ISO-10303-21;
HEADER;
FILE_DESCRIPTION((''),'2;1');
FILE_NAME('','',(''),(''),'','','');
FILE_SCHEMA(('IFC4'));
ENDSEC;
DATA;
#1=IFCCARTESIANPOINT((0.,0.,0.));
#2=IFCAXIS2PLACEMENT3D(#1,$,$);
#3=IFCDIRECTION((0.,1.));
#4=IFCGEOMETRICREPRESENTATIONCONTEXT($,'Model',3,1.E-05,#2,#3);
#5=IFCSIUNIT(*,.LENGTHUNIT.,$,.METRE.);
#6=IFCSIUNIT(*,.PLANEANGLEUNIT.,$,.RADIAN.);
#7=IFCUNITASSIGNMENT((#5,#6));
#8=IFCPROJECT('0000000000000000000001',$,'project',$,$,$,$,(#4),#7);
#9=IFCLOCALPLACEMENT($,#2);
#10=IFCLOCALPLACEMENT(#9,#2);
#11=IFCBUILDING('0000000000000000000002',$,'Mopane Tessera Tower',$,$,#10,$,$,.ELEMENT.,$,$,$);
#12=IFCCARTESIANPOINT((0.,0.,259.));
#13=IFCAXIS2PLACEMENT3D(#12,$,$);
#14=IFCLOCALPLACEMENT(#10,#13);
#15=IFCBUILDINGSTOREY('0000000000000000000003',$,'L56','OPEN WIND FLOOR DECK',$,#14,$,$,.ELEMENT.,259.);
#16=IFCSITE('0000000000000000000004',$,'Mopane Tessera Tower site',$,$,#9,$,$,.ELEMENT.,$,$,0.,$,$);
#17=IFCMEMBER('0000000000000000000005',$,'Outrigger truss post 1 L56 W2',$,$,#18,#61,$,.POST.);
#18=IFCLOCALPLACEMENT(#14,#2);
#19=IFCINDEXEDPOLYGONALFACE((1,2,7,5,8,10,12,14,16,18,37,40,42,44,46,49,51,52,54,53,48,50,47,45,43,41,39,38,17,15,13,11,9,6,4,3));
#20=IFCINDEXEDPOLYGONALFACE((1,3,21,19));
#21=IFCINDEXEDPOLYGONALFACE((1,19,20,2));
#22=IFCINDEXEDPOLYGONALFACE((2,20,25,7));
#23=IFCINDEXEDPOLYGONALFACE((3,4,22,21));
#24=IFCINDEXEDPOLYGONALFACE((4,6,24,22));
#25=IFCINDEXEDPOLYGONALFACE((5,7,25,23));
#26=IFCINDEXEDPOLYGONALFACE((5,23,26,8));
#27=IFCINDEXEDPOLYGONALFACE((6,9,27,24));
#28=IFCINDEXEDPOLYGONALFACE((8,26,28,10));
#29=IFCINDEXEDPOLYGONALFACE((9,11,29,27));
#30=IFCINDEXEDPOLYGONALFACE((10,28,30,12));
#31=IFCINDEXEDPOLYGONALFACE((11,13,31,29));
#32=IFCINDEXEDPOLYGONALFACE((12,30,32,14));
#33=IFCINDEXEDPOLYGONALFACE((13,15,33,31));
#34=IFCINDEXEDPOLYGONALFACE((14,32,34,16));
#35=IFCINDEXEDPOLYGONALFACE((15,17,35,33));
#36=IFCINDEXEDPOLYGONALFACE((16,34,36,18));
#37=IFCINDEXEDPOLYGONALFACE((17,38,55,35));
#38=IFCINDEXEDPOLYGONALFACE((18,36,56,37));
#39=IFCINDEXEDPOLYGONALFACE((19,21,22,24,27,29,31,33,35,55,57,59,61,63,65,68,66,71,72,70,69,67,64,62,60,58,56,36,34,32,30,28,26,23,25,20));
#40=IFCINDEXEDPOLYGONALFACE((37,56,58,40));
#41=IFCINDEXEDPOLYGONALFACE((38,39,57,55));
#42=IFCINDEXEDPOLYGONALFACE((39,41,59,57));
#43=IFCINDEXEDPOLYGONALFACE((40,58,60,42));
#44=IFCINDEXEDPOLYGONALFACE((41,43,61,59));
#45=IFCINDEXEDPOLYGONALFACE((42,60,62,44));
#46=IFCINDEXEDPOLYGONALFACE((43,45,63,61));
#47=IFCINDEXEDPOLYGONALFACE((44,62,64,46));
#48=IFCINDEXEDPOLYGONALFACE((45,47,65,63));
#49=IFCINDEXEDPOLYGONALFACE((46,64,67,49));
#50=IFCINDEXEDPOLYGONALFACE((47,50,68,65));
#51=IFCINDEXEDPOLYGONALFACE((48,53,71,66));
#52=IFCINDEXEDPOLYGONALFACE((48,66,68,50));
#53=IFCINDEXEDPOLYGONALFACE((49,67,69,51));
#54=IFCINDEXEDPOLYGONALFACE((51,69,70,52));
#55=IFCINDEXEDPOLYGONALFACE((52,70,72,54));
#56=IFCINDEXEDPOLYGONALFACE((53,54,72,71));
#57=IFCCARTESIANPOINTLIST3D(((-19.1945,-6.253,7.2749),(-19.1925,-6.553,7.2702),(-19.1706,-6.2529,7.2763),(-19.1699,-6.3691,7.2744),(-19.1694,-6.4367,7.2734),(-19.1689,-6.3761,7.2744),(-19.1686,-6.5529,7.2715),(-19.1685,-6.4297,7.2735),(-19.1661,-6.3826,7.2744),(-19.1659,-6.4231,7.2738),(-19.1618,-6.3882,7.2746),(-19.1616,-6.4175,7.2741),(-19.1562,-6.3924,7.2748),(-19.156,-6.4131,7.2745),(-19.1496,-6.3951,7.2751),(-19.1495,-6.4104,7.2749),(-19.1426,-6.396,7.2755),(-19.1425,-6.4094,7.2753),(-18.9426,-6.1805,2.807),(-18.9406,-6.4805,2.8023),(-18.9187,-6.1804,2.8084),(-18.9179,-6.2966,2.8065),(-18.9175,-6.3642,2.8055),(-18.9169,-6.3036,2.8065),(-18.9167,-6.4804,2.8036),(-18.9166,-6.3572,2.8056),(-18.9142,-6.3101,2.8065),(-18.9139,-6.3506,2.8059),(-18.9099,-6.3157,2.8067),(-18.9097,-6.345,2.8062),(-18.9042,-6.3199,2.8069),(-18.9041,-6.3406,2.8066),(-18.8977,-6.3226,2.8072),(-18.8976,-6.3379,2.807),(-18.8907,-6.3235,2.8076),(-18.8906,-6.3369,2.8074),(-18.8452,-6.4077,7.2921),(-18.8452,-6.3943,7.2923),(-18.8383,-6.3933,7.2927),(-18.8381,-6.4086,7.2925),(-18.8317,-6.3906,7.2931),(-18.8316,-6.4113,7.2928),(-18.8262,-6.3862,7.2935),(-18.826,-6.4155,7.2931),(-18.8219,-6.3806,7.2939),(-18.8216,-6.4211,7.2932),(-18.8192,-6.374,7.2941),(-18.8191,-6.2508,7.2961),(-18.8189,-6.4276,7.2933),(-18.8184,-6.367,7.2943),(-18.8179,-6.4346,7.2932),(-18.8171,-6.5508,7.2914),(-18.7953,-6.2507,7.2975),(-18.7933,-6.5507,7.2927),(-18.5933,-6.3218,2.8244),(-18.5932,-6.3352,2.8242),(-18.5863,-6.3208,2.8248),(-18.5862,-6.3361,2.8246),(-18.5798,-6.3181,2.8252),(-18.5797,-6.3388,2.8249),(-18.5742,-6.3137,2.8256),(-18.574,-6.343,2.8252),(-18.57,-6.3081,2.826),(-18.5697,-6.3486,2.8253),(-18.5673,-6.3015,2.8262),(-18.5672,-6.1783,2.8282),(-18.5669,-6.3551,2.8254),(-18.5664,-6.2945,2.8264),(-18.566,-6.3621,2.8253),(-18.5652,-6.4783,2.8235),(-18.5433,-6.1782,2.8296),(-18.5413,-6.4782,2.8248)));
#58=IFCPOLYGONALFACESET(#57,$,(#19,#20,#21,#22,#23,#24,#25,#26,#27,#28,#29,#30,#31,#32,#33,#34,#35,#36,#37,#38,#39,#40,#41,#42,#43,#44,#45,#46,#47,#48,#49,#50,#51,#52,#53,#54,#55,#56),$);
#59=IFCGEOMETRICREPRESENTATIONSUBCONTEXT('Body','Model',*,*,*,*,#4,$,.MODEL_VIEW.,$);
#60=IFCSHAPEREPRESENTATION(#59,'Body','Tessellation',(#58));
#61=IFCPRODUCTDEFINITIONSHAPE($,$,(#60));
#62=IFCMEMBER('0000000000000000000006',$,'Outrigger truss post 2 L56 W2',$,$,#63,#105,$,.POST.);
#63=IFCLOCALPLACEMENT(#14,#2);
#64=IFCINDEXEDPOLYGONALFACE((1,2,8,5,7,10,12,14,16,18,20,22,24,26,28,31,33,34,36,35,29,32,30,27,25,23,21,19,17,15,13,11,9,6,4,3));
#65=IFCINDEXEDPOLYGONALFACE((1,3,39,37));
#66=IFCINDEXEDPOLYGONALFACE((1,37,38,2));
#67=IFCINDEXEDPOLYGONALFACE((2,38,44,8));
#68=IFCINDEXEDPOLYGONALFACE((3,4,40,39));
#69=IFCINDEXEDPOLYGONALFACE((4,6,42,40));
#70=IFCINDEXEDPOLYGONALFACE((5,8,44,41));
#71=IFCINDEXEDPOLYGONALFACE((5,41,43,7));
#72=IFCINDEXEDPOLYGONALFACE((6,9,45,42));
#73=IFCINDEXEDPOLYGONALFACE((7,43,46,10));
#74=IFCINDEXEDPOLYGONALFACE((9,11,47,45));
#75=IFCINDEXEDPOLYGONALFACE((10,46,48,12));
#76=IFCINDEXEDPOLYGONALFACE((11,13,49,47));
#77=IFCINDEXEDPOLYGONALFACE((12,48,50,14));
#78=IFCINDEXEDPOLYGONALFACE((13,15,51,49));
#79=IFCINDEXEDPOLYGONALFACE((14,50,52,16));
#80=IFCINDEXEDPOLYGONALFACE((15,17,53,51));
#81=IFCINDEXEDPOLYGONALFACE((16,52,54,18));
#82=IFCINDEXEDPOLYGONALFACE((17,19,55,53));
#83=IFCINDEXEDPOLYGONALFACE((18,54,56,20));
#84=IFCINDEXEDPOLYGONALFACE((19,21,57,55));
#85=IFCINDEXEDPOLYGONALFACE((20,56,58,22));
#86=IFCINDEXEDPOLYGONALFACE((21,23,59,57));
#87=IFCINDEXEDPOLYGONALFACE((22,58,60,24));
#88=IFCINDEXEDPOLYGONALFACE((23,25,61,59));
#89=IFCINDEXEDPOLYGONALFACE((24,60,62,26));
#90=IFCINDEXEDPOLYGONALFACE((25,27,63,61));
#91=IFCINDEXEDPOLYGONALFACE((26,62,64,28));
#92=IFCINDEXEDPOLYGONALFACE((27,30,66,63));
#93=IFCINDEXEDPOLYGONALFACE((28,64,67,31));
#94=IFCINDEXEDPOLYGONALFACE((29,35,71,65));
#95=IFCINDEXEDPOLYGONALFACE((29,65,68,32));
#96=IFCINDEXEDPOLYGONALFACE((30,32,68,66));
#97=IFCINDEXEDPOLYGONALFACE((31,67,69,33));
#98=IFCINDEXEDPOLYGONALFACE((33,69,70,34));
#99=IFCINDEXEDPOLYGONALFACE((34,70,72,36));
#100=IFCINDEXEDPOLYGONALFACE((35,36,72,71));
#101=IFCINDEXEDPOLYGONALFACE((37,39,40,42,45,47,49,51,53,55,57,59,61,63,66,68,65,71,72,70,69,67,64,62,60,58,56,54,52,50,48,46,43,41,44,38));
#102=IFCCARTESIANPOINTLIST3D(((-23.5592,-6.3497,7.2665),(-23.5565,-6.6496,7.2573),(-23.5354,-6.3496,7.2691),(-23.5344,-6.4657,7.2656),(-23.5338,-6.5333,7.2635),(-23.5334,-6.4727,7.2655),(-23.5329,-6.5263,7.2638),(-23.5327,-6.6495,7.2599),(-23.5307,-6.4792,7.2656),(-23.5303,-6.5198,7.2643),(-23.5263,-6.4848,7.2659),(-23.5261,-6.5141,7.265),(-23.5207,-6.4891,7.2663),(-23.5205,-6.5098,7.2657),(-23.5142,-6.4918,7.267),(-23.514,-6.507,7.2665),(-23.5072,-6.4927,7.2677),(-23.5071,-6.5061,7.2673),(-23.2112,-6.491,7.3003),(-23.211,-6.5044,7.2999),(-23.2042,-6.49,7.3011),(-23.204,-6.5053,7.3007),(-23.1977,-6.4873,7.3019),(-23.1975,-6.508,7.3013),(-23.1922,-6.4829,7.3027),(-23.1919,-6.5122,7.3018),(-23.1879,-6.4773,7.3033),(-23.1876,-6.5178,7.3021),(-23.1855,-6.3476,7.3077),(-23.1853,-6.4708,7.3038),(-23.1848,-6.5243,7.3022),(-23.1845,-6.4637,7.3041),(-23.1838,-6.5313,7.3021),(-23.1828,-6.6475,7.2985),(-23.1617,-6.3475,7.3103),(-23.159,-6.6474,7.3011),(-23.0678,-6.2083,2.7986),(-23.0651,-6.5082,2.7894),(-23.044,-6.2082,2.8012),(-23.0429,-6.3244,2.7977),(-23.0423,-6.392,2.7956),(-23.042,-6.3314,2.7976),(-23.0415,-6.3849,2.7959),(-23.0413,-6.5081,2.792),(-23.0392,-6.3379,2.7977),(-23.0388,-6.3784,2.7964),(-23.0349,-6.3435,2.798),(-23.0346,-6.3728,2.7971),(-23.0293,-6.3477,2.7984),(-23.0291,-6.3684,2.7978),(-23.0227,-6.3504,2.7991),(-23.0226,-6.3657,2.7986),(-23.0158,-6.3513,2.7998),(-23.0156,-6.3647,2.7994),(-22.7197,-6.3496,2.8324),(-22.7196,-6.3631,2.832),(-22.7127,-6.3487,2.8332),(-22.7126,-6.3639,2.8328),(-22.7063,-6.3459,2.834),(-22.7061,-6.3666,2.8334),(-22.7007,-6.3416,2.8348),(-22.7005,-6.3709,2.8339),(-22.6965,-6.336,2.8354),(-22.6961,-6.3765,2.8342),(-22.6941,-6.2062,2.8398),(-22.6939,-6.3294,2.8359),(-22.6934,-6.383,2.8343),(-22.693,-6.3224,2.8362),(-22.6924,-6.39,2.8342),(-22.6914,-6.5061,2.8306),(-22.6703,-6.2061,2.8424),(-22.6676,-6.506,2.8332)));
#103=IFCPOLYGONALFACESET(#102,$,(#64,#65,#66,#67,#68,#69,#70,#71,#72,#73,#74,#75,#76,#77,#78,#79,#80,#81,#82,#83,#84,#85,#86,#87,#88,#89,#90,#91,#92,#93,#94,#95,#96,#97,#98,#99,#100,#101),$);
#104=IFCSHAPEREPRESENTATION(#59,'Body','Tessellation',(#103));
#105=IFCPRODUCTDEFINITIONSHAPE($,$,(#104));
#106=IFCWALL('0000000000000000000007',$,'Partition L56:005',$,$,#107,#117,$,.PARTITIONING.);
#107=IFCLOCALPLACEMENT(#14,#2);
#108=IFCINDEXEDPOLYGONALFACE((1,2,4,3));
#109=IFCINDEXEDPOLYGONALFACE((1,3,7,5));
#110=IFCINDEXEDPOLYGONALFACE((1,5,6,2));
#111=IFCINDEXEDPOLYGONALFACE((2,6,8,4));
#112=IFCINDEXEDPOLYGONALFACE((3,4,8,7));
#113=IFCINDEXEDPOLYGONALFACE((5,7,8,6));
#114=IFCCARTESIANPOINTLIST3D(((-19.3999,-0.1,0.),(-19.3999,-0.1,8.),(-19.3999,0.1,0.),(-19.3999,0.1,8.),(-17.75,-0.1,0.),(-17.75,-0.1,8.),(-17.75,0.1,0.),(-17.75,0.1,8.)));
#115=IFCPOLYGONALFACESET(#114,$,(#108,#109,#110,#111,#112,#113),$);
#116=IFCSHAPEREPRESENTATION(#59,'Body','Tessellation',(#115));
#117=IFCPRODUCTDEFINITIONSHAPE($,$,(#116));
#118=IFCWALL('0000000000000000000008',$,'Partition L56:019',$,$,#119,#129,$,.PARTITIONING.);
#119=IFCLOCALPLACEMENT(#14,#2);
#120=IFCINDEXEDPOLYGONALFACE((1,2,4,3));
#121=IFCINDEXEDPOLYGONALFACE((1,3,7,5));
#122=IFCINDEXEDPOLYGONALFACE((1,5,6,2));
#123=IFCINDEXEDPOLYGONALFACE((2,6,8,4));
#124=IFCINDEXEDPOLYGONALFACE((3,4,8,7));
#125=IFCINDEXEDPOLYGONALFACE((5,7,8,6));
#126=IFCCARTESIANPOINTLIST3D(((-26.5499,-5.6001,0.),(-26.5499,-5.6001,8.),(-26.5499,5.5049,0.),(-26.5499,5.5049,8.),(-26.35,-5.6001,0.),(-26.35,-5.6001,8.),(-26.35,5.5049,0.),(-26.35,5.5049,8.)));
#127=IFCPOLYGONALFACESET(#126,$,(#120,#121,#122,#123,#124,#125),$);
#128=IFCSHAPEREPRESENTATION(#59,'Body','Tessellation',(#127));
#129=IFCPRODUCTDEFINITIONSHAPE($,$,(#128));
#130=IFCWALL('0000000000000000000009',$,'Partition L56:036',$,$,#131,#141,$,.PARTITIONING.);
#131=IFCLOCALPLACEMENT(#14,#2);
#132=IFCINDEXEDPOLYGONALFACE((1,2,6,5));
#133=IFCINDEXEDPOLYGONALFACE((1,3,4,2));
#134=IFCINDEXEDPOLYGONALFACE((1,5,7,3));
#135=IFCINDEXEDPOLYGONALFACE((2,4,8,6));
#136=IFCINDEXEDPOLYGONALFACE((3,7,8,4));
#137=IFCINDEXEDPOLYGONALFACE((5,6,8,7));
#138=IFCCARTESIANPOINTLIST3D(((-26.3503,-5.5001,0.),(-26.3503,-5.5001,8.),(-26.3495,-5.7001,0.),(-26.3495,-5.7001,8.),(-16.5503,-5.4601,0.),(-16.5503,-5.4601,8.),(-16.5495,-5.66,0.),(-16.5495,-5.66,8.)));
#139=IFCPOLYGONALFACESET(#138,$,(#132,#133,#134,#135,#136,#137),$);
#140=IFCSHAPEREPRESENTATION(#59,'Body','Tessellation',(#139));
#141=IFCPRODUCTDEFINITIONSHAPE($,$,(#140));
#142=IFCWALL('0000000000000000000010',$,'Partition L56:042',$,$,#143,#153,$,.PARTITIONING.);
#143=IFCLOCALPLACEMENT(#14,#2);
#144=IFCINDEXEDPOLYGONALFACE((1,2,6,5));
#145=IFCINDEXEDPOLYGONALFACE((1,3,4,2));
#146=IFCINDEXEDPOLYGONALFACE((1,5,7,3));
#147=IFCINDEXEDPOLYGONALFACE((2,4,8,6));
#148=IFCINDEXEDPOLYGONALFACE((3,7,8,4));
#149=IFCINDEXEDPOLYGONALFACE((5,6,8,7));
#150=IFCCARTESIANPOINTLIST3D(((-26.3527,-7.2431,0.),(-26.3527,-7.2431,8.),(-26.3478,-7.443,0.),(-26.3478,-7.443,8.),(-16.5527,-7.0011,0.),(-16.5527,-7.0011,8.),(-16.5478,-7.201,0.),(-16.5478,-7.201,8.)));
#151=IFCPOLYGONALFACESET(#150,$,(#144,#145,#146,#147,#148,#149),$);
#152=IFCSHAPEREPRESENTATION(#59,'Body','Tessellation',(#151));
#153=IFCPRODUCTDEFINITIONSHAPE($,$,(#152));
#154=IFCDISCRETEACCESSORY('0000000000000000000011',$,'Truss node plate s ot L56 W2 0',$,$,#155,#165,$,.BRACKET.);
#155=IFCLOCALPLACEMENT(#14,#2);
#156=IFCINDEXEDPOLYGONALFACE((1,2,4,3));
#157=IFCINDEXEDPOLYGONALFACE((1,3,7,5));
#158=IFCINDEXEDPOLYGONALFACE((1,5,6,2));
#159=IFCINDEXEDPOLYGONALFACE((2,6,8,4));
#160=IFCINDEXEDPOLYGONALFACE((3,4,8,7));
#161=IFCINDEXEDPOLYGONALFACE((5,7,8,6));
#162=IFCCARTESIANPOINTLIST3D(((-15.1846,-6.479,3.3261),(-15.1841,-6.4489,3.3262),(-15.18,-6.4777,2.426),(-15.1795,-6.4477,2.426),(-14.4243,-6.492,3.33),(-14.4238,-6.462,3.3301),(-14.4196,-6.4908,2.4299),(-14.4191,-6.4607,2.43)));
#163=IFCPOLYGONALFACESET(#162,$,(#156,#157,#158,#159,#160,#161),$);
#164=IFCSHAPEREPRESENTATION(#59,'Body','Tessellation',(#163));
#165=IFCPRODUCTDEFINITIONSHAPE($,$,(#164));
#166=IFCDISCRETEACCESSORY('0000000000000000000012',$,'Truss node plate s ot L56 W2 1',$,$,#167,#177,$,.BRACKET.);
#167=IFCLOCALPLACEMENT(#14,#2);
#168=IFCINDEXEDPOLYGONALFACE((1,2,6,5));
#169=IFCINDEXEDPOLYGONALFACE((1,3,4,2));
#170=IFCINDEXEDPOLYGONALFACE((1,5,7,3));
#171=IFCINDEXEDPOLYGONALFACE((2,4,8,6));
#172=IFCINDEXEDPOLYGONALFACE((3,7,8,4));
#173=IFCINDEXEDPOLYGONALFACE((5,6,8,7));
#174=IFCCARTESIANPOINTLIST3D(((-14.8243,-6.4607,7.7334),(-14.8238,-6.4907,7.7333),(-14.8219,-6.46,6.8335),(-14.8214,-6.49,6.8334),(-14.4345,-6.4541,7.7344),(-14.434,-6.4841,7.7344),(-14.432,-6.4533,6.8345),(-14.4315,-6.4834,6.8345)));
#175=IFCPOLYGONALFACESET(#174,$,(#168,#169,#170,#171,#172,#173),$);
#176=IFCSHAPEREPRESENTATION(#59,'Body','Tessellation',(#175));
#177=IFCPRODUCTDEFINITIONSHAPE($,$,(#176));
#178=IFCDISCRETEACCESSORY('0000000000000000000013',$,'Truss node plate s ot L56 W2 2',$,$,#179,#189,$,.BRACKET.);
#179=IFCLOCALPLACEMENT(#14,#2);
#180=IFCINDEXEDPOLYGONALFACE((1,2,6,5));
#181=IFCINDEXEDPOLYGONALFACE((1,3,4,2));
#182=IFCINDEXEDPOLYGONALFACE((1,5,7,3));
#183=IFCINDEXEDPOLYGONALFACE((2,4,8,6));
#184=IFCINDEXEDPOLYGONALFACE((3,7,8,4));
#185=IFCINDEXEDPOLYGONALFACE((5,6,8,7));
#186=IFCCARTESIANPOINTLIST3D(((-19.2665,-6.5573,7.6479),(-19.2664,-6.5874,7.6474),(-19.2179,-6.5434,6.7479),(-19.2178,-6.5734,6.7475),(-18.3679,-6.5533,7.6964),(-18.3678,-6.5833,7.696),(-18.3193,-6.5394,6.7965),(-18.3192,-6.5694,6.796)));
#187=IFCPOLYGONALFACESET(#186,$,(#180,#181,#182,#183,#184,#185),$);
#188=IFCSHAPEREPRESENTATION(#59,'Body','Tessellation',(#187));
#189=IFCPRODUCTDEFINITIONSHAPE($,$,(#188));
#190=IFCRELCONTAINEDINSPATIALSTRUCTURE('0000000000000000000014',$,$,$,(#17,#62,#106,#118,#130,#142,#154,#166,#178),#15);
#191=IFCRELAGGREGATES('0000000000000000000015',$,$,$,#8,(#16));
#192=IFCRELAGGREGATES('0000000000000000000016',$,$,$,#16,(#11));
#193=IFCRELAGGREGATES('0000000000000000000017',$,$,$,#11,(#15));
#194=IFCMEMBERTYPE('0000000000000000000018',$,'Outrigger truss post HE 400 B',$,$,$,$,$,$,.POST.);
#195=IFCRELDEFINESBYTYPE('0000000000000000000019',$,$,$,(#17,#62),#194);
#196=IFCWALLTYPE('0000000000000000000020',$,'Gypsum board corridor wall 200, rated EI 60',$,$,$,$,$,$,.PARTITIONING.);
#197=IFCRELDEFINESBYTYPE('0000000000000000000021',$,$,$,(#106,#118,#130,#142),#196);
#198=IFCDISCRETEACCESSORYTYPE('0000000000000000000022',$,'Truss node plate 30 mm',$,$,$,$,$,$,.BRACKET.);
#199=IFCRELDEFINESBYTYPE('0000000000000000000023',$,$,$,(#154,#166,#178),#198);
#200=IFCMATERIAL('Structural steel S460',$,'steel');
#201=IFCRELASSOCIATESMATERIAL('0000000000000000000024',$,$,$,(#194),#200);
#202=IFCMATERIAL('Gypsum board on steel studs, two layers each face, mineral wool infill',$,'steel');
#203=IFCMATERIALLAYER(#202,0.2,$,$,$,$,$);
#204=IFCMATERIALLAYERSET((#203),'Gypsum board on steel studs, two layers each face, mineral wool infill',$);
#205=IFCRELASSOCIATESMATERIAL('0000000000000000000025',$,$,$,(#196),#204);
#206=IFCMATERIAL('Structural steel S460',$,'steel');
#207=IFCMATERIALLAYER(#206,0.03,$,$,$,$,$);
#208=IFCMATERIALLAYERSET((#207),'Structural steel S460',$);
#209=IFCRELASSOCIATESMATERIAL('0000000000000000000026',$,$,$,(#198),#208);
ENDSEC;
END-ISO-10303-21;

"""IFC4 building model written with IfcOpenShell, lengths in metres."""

from ifc_helpers import new_model, si_unit, direction, frame, frame_2d, origin, origin_2d, place, context, subcontext, project, spatial, rectangle, i_section, extrude, material, layer, layer_set, material_profile, profile_set, type_object, element, save


model = new_model("IFC4")

# Units and contexts
model_context = context("Model", 3, precision=1e-05, world=origin(), true_north=direction((0.0, 1.0)))
body_context = subcontext(model_context, "Body", "Model", "MODEL_VIEW")
ifc_project = project(units=[si_unit("LENGTHUNIT", "METRE"), si_unit("PLANEANGLEUNIT", "RADIAN")], contexts=[model_context])

# Site, building, storey
site_placement = place(None, origin())
site = spatial("IfcSite", under=ifc_project, at=site_placement, Name="Mopane Tessera Tower site", CompositionType="ELEMENT", RefElevation=0.0)
building_placement = place(site_placement, origin())
building = spatial("IfcBuilding", under=site, at=building_placement, Name="Mopane Tessera Tower", CompositionType="ELEMENT")
storey_placement = place(building_placement, frame((0.0, 0.0, 259.0)))
storey = spatial("IfcBuildingStorey", under=building, at=storey_placement, Name="L56", Description="OPEN WIND FLOOR DECK", CompositionType="ELEMENT", Elevation=259.0)

# Members
ifc_material_1 = material(Name="Structural steel S460", Category="steel")
ifc_material_profile_1 = material_profile(ifc_material_1, i_section(OverallWidth=0.3, OverallDepth=0.3999, WebThickness=0.0134, FlangeThickness=0.0239, FilletRadius=0.0271, at=origin_2d()))
ifc_profile_set_1 = profile_set([ifc_material_profile_1], Name="Structural steel S460")
member_type_1 = type_object("IfcMemberType", Name="Outrigger truss post HE 400 B", PredefinedType="POST", material=ifc_profile_set_1)
member_1_placement = place(storey_placement, frame((-18.7419, -6.3293, 2.8159), z_axis=(-0.056294, -0.016201, 0.998283), x_axis=(0.006676, -0.999852, -0.01585)))
element("IfcMember", 1, at=member_1_placement, inside=storey, type_object=member_type_1, Name="Outrigger truss post 1 L56 W2", PredefinedType="POST", context=body_context, shape_type="SweptSolid", body=[
    extrude(i_section(OverallWidth=0.3, OverallDepth=0.3999, WebThickness=0.0134, FlangeThickness=0.0239, FilletRadius=0.0271, at=origin_2d()), origin(), (0.0, 0.0, 1.0), 4.4756),
])
member_2_placement = place(storey_placement, frame((-22.8677, -6.3572, 2.8159), z_axis=(-0.109281, -0.031432, 0.993514), x_axis=(0.009005, -0.99949, -0.030631)))
element("IfcMember", 2, at=member_2_placement, inside=storey, type_object=member_type_1, Name="Outrigger truss post 2 L56 W2", PredefinedType="POST", context=body_context, shape_type="SweptSolid", body=[
    extrude(i_section(OverallWidth=0.3, OverallDepth=0.3999, WebThickness=0.0134, FlangeThickness=0.0239, FilletRadius=0.0271, at=origin_2d()), origin(), (0.0, 0.0, 1.0), 4.4971),
])

# Walls
ifc_material_2 = material(Name="Gypsum board on steel studs, two layers each face, mineral wool infill", Category="steel")
ifc_layer_1 = layer(ifc_material_2, 0.2)
ifc_layer_set_1 = layer_set([ifc_layer_1], Name="Gypsum board on steel studs, two layers each face, mineral wool infill")
wall_type = type_object("IfcWallType", Name="Gypsum board corridor wall 200, rated EI 60", PredefinedType="PARTITIONING", material=ifc_layer_set_1)
wall_1_placement = place(storey_placement, frame((-19.3999, 0.0, 0.0), z_axis=(0.0, 0.0, 1.0), x_axis=(1.0, 0.0, 0.0)))
element("IfcWall", 3, at=wall_1_placement, inside=storey, type_object=wall_type, Name="Partition L56:005", PredefinedType="PARTITIONING", context=body_context, shape_type="SweptSolid", body=[
    extrude(rectangle(XDim=1.6499, YDim=0.2, at=frame_2d((0.825, 0.0))), origin(), (0.0, 0.0, 1.0), 8.0),
])
wall_2_placement = place(storey_placement, frame((-26.45, -5.6001, 0.0), z_axis=(0.0, 0.0, 1.0), x_axis=(0.0, 1.0, 0.0)))
element("IfcWall", 4, at=wall_2_placement, inside=storey, type_object=wall_type, Name="Partition L56:019", PredefinedType="PARTITIONING", context=body_context, shape_type="SweptSolid", body=[
    extrude(rectangle(XDim=11.105, YDim=0.2, at=frame_2d((5.5525, 0.0))), origin(), (0.0, 0.0, 1.0), 8.0),
])
wall_3_placement = place(storey_placement, frame((-16.55, -5.5601, 0.0), z_axis=(0.0, 0.0, 1.0), x_axis=(-0.999992, -0.004086, 0.0)))
element("IfcWall", 5, at=wall_3_placement, inside=storey, type_object=wall_type, Name="Partition L56:036", PredefinedType="PARTITIONING", context=body_context, shape_type="SweptSolid", body=[
    extrude(rectangle(XDim=9.8, YDim=0.2, at=frame_2d((4.8999, 0.0))), origin(), (0.0, 0.0, 1.0), 8.0),
])
wall_4_placement = place(storey_placement, frame((-26.3501, -7.343, 0.0), z_axis=(0.0, 0.0, 1.0), x_axis=(0.999695, 0.02468, 0.0)))
element("IfcWall", 6, at=wall_4_placement, inside=storey, type_object=wall_type, Name="Partition L56:042", PredefinedType="PARTITIONING", context=body_context, shape_type="SweptSolid", body=[
    extrude(rectangle(XDim=9.803, YDim=0.2, at=frame_2d((4.9014, 0.0))), origin(), (0.0, 0.0, 1.0), 8.0),
])

# Discrete accessories
ifc_material_3 = material(Name="Structural steel S460", Category="steel")
ifc_layer_2 = layer(ifc_material_3, 0.03)
ifc_layer_set_2 = layer_set([ifc_layer_2], Name="Structural steel S460")
discrete_accessory_type = type_object("IfcDiscreteAccessoryType", Name="Truss node plate 30 mm", PredefinedType="BRACKET", material=ifc_layer_set_2)
discrete_accessory_1_placement = place(storey_placement, frame((-14.7996, -6.4692, 2.428), z_axis=(-0.005153, -0.001356, 0.999986), x_axis=(-0.017105, -0.999853, -0.001444)))
element("IfcDiscreteAccessory", 7, at=discrete_accessory_1_placement, inside=storey, type_object=discrete_accessory_type, Name="Truss node plate s ot L56 W2 0", PredefinedType="BRACKET", context=body_context, shape_type="SweptSolid", body=[
    extrude(rectangle(XDim=0.03, YDim=0.7605, at=origin_2d()), origin(), (0.0, 0.0, 1.0), 0.9001),
])
discrete_accessory_2_placement = place(storey_placement, frame((-14.6267, -6.4717, 6.834), z_axis=(-0.002713, -0.000814, 0.999996), x_axis=(0.017021, -0.999855, -0.000768)))
element("IfcDiscreteAccessory", 8, at=discrete_accessory_2_placement, inside=storey, type_object=discrete_accessory_type, Name="Truss node plate s ot L56 W2 1", PredefinedType="BRACKET", context=body_context, shape_type="SweptSolid", body=[
    extrude(rectangle(XDim=0.03, YDim=0.3899, at=origin_2d()), origin(), (0.0, 0.0, 1.0), 0.8999),
])
discrete_accessory_3_placement = place(storey_placement, frame((-18.7686, -6.5564, 6.772), z_axis=(-0.053903, -0.01544, 0.998427), x_axis=(0.005346, -0.999871, -0.015173)))
element("IfcDiscreteAccessory", 9, at=discrete_accessory_3_placement, inside=storey, type_object=discrete_accessory_type, Name="Truss node plate s ot L56 W2 2", PredefinedType="BRACKET", context=body_context, shape_type="SweptSolid", body=[
    extrude(rectangle(XDim=0.03, YDim=0.8999, at=origin_2d()), origin(), (0.0, 0.0, 1.0), 0.9014),
])

save(model, "model.ifc")
